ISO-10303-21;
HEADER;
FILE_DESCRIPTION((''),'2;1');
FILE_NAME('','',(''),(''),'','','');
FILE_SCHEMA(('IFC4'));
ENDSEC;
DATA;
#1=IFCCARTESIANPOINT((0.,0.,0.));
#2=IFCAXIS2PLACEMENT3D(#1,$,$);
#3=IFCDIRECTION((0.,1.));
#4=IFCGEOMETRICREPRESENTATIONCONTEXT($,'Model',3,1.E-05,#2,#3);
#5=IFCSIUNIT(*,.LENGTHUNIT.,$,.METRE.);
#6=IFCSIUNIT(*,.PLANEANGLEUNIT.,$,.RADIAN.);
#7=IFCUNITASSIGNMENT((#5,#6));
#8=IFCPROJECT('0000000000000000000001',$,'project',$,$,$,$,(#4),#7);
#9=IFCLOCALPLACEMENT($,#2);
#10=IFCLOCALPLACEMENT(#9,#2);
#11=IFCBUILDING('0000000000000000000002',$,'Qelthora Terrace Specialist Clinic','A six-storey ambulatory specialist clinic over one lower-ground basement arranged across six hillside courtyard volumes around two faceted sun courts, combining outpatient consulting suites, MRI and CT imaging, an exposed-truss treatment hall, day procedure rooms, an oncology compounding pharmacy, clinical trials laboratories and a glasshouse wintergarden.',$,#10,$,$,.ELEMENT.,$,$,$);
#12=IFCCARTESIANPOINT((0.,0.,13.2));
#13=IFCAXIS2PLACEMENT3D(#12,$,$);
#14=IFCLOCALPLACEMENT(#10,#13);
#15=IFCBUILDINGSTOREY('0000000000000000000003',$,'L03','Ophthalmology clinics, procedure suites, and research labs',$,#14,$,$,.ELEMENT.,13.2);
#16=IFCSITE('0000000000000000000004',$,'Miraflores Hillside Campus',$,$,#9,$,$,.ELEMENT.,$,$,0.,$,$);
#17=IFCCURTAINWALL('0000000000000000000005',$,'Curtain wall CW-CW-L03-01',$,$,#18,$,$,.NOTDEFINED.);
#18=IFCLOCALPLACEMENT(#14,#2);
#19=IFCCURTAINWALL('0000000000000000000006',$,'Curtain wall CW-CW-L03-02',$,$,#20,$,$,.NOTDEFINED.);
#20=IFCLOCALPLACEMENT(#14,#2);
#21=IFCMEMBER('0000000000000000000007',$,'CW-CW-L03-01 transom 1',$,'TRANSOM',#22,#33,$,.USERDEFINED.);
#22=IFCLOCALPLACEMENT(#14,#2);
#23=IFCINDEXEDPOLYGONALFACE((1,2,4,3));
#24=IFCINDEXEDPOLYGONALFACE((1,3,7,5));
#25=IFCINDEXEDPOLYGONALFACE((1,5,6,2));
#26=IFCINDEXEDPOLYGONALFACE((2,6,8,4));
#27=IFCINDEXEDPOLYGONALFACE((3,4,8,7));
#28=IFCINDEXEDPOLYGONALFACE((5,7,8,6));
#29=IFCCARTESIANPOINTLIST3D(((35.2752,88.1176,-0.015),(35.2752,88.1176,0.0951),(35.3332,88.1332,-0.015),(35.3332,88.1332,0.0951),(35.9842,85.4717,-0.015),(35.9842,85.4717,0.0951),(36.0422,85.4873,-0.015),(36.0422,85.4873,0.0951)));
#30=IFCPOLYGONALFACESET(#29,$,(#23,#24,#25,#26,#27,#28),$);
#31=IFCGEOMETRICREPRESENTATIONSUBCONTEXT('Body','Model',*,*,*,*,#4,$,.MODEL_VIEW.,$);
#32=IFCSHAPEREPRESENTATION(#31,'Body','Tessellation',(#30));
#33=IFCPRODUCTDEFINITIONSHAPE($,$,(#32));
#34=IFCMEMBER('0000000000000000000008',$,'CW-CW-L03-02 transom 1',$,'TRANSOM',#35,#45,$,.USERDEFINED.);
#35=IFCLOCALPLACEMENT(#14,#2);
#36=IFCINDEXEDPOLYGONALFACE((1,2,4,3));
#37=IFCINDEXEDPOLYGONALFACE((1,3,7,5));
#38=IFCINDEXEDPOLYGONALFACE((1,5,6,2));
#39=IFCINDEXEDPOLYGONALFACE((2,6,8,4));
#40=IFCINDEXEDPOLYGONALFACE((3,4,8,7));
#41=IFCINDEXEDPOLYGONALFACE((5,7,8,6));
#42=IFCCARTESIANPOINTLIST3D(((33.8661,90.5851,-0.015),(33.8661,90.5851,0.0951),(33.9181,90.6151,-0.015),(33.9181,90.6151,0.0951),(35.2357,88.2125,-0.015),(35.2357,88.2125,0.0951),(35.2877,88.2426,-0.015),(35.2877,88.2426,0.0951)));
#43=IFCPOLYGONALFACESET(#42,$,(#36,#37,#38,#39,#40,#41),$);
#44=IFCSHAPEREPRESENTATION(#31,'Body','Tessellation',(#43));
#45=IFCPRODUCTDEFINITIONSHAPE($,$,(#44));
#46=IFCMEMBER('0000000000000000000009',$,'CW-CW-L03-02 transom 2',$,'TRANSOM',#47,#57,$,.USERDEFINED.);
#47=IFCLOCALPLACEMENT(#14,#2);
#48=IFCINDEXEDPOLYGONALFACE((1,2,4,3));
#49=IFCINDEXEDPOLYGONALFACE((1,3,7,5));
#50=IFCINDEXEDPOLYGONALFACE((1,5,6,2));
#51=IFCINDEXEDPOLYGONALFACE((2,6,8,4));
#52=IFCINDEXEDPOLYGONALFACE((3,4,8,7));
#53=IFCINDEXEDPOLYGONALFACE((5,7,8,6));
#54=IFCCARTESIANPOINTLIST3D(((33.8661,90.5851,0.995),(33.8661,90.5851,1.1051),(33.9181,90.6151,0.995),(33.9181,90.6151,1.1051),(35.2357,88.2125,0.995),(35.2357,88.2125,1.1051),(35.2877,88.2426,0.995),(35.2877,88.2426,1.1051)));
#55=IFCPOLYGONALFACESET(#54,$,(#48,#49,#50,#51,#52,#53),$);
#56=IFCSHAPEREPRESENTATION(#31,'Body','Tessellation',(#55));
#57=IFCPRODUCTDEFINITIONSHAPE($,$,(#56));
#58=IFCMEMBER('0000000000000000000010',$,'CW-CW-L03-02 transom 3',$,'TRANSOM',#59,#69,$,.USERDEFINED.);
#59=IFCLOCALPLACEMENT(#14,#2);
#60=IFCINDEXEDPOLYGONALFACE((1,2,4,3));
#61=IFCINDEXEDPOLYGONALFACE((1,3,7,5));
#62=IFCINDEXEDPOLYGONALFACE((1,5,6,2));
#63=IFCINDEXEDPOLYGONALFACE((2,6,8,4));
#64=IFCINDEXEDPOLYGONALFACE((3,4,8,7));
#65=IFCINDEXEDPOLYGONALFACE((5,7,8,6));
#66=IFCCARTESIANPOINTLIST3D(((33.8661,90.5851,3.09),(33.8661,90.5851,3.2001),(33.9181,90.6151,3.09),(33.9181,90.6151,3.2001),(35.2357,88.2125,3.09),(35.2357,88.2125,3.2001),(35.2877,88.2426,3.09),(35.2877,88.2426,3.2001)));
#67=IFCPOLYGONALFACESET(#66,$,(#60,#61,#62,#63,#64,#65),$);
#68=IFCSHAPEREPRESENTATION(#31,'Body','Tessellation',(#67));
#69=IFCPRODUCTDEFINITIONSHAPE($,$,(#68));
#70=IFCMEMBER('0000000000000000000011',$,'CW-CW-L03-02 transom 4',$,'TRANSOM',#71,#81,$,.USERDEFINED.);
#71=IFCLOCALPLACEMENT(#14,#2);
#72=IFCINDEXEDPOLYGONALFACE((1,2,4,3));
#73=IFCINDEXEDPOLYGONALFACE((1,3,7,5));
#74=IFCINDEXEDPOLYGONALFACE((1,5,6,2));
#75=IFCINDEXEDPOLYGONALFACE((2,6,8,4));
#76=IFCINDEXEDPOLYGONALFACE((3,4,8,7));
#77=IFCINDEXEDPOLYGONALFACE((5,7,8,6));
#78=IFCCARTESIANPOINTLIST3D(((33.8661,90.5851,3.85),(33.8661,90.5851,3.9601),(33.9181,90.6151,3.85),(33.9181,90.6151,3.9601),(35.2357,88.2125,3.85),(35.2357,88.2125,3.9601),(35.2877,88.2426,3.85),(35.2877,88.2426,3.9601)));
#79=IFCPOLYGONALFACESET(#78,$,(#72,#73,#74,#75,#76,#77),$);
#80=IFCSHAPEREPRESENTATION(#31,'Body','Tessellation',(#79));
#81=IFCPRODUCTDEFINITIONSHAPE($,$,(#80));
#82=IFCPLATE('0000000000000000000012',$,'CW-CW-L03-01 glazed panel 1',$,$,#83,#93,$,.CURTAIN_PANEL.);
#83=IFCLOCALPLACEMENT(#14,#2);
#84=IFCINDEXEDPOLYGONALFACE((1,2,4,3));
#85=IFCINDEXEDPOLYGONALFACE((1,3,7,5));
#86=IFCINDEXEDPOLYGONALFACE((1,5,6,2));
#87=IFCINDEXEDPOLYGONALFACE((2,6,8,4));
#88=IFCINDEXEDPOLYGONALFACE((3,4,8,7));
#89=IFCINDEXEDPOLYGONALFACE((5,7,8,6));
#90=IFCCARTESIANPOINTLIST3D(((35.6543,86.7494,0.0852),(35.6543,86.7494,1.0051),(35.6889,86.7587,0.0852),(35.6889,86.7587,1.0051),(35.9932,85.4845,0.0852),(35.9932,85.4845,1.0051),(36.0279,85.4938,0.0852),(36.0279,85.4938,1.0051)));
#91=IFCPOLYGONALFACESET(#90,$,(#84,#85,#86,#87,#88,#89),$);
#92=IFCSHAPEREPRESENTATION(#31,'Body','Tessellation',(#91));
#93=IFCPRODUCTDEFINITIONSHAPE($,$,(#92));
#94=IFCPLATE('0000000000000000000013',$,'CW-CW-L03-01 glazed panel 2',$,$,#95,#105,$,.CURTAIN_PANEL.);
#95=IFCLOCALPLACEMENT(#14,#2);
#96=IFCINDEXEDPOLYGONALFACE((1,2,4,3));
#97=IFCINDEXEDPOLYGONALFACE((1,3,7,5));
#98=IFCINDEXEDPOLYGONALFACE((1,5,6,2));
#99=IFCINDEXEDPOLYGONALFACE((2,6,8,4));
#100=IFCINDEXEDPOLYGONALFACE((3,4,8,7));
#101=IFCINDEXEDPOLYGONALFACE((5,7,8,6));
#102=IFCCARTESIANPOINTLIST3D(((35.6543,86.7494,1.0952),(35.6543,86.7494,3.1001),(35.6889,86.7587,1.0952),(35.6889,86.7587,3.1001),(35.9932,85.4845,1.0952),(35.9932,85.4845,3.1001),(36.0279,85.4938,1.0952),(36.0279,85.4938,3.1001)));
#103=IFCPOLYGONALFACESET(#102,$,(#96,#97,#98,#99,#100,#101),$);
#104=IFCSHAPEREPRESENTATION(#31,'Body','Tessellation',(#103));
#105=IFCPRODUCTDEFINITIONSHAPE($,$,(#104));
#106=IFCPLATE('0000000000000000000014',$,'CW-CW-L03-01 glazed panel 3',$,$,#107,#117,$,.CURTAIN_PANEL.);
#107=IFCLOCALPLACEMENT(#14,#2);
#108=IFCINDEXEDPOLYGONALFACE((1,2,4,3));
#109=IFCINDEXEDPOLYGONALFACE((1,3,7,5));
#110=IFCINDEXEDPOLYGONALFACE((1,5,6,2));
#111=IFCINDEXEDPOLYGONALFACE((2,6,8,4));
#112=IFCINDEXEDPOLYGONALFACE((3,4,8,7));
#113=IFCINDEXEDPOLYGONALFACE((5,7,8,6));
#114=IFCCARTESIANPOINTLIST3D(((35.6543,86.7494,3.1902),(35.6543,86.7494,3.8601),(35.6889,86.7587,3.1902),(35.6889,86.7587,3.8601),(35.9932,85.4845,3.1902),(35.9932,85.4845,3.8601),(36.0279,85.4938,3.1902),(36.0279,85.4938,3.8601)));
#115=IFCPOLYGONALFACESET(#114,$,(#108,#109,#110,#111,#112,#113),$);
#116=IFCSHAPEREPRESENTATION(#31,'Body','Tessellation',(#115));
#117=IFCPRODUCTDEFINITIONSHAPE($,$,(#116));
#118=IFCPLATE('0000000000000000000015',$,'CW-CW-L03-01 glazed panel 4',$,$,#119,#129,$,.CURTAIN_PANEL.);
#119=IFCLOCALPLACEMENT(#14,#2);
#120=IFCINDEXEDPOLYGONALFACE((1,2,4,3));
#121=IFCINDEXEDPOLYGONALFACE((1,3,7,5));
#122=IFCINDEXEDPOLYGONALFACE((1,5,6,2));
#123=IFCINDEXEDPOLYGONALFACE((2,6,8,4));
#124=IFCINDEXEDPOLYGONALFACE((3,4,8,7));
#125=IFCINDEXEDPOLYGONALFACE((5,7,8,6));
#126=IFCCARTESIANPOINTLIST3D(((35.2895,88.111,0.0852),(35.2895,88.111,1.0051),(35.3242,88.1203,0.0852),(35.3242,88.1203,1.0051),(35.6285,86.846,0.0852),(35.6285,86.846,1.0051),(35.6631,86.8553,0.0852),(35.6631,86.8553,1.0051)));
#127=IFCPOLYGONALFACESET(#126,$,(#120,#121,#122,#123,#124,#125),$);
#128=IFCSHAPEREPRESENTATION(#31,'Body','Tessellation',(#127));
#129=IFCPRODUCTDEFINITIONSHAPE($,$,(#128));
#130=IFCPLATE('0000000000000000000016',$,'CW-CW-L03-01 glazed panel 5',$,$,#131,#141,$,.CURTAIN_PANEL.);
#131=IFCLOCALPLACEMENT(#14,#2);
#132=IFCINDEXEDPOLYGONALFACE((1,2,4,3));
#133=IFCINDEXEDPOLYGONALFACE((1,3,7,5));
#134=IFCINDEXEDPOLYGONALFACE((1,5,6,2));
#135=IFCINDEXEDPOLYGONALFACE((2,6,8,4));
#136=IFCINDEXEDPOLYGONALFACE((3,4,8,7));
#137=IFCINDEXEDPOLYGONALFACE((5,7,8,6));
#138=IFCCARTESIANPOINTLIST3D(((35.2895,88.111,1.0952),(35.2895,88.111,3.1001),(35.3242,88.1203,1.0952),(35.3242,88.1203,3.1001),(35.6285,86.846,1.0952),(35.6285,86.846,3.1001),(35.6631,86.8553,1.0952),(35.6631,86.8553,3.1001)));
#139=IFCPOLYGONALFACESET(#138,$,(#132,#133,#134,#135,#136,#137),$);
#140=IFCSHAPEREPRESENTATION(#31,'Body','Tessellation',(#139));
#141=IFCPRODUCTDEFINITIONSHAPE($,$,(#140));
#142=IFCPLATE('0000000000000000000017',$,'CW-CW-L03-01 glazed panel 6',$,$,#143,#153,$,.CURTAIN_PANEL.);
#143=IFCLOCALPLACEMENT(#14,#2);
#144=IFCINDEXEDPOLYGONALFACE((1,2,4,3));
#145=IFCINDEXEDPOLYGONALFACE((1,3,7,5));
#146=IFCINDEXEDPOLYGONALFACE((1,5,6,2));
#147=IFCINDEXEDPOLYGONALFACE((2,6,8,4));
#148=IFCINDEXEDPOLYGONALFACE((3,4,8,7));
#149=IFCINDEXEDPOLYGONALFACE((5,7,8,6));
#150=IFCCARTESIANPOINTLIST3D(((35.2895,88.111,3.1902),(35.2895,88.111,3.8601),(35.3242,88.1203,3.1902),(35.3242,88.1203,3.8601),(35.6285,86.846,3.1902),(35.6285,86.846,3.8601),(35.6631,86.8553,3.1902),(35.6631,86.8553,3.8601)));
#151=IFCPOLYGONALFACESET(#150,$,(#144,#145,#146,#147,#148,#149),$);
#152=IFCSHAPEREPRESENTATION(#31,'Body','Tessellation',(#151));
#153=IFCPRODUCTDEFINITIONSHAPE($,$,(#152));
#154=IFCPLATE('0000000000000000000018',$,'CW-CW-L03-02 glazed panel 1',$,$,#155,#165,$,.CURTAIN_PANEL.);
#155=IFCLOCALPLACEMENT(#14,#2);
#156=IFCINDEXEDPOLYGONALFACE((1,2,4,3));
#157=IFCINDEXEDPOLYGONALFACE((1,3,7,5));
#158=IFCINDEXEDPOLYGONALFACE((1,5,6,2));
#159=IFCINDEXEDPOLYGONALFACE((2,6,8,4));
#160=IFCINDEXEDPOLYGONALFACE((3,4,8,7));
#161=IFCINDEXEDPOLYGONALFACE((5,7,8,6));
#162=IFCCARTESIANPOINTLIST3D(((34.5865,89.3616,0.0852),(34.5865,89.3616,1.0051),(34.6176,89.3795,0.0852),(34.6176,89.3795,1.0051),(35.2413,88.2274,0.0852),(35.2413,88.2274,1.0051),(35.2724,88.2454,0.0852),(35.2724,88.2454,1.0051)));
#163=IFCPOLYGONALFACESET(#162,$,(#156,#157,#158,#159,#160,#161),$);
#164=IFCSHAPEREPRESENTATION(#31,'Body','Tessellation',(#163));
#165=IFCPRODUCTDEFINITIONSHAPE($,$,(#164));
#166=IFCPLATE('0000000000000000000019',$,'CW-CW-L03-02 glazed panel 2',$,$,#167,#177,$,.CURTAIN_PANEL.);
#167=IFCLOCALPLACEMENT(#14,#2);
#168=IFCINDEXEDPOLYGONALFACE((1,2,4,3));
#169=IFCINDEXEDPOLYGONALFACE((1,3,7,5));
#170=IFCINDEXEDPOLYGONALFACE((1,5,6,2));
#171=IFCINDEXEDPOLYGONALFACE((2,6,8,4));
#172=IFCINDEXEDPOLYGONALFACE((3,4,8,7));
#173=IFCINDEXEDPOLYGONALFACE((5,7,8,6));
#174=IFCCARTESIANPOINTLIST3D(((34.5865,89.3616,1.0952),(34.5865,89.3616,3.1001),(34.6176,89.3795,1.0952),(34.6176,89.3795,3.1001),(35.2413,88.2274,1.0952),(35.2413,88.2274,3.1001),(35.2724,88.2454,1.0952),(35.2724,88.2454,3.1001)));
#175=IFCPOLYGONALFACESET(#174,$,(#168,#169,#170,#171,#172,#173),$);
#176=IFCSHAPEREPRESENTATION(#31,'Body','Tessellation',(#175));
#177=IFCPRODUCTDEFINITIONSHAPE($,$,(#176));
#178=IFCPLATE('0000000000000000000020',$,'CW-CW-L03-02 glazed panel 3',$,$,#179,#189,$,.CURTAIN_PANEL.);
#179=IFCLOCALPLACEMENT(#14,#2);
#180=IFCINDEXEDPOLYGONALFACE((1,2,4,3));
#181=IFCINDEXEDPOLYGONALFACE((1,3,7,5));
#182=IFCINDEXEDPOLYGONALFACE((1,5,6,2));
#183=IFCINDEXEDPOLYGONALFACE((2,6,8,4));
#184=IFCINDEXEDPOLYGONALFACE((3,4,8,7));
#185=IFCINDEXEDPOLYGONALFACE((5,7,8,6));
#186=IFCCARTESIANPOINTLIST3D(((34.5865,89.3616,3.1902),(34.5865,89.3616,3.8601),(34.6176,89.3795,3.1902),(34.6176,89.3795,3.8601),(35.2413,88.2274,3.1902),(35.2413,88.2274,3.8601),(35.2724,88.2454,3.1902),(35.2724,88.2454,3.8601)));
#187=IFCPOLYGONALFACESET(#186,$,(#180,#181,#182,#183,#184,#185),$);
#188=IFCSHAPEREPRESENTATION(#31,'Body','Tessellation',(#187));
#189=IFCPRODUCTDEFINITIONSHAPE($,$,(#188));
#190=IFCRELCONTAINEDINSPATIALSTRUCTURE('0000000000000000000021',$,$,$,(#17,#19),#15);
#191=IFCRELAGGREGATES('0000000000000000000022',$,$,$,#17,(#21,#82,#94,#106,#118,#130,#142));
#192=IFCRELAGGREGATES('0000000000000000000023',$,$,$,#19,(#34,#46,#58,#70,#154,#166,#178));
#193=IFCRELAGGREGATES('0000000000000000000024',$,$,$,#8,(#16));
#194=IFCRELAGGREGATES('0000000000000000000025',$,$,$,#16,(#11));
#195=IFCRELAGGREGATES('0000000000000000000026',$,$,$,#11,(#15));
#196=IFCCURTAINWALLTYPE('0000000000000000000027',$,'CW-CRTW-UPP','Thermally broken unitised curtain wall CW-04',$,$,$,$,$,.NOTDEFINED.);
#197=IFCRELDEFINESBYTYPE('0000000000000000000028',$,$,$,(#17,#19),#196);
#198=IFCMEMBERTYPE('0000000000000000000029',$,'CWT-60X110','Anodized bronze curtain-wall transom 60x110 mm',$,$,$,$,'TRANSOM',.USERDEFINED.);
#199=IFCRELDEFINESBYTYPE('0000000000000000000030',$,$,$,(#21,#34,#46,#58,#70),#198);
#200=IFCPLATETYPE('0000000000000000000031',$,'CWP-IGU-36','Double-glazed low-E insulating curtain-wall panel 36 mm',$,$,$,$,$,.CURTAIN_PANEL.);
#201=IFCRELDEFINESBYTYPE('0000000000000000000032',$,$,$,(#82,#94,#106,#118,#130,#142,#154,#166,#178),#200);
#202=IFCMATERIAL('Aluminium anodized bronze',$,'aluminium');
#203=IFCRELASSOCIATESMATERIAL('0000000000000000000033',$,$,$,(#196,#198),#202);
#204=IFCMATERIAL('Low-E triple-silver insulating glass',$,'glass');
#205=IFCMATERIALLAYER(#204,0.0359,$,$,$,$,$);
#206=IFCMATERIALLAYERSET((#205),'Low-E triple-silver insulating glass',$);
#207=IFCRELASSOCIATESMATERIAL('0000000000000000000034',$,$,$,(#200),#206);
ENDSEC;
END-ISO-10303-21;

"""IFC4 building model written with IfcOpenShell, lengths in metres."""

from ifc_helpers import new_model, si_unit, direction, frame, origin, origin_2d, place, context, subcontext, project, spatial, rectangle, extrude, material, layer, layer_set, material_profile, profile_set, type_object, element, aggregate, save


model = new_model("IFC4")

# Units and contexts
model_context = context("Model", 3, precision=1e-05, world=origin(), true_north=direction((0.0, 1.0)))
body_context = subcontext(model_context, "Body", "Model", "MODEL_VIEW")
ifc_project = project(units=[si_unit("LENGTHUNIT", "METRE"), si_unit("PLANEANGLEUNIT", "RADIAN")], contexts=[model_context])

# Site, building, storey
site_placement = place(None, origin())
site = spatial("IfcSite", under=ifc_project, at=site_placement, Name="Miraflores Hillside Campus", CompositionType="ELEMENT", RefElevation=0.0)
building_placement = place(site_placement, origin())
building = spatial("IfcBuilding", under=site, at=building_placement, Name="Qelthora Terrace Specialist Clinic", Description="A six-storey ambulatory specialist clinic over one lower-ground basement arranged across six hillside courtyard volumes around two faceted sun courts, combining outpatient consulting suites, MRI and CT imaging, an exposed-truss treatment hall, day procedure rooms, an oncology compounding pharmacy, clinical trials laboratories and a glasshouse wintergarden.", CompositionType="ELEMENT")
storey_placement = place(building_placement, frame((0.0, 0.0, 13.2)))
storey = spatial("IfcBuildingStorey", under=building, at=storey_placement, Name="L03", Description="Ophthalmology clinics, procedure suites, and research labs", CompositionType="ELEMENT", Elevation=13.2)

# Curtain wall
ifc_material_1 = material(Name="Aluminium anodized bronze", Category="aluminium")
curtain_wall_type = type_object("IfcCurtainWallType", Name="CW-CRTW-UPP", Description="Thermally broken unitised curtain wall CW-04", PredefinedType="NOTDEFINED", material=ifc_material_1)
curtain_wall_1_placement = place(storey_placement, origin())
curtain_wall_1 = element("IfcCurtainWall", 1, at=curtain_wall_1_placement, inside=storey, type_object=curtain_wall_type, Name="Curtain wall CW-CW-L03-01", PredefinedType="NOTDEFINED")

# Curtain wall
curtain_wall_2_placement = place(storey_placement, origin())
curtain_wall_2 = element("IfcCurtainWall", 2, at=curtain_wall_2_placement, inside=storey, type_object=curtain_wall_type, Name="Curtain wall CW-CW-L03-02", PredefinedType="NOTDEFINED")

# Members
ifc_material_profile_1 = material_profile(ifc_material_1, rectangle(XDim=0.0601, YDim=0.1101, at=origin_2d()), Name="CWT60X110")
ifc_profile_set_1 = profile_set([ifc_material_profile_1], Name="Aluminium anodized bronze")
member_type_1 = type_object("IfcMemberType", Name="CWT-60X110", Description="Anodized bronze curtain-wall transom 60x110 mm", ElementType="TRANSOM", PredefinedType="USERDEFINED", material=ifc_profile_set_1)
member_1_placement = place(storey_placement, frame((36.0132, 85.4795, 0.04), z_axis=(-0.258816, 0.965927, 0.0), x_axis=(-0.965927, -0.258816, 0.0)))
member_1 = element("IfcMember", 3, at=member_1_placement, type_object=member_type_1, Name="CW-CW-L03-01 transom 1", ObjectType="TRANSOM", PredefinedType="USERDEFINED", context=body_context, shape_type="SweptSolid", body=[
    extrude(rectangle(XDim=0.0601, YDim=0.1101, at=origin_2d()), origin(), (0.0, 0.0, 1.0), 2.7393),
])
member_2_placement = place(storey_placement, frame((35.2617, 88.2275, 0.04), z_axis=(-0.499954, 0.866052, 0.0), x_axis=(-0.866052, -0.499954, 0.0)))
member_2 = element("IfcMember", 4, at=member_2_placement, type_object=member_type_1, Name="CW-CW-L03-02 transom 1", ObjectType="TRANSOM", PredefinedType="USERDEFINED", context=body_context, shape_type="SweptSolid", body=[
    extrude(rectangle(XDim=0.0601, YDim=0.1101, at=origin_2d()), origin(), (0.0, 0.0, 1.0), 2.7395),
])
member_3_placement = place(storey_placement, frame((35.2617, 88.2275, 1.05), z_axis=(-0.499954, 0.866052, 0.0), x_axis=(-0.866052, -0.499954, 0.0)))
member_3 = element("IfcMember", 5, at=member_3_placement, type_object=member_type_1, Name="CW-CW-L03-02 transom 2", ObjectType="TRANSOM", PredefinedType="USERDEFINED", context=body_context, shape_type="SweptSolid", body=[
    extrude(rectangle(XDim=0.0601, YDim=0.1101, at=origin_2d()), origin(), (0.0, 0.0, 1.0), 2.7395),
])
member_4_placement = place(storey_placement, frame((35.2617, 88.2275, 3.145), z_axis=(-0.499954, 0.866052, 0.0), x_axis=(-0.866052, -0.499954, 0.0)))
member_4 = element("IfcMember", 6, at=member_4_placement, type_object=member_type_1, Name="CW-CW-L03-02 transom 3", ObjectType="TRANSOM", PredefinedType="USERDEFINED", context=body_context, shape_type="SweptSolid", body=[
    extrude(rectangle(XDim=0.0601, YDim=0.1101, at=origin_2d()), origin(), (0.0, 0.0, 1.0), 2.7395),
])
member_5_placement = place(storey_placement, frame((35.2617, 88.2275, 3.905), z_axis=(-0.499954, 0.866052, 0.0), x_axis=(-0.866052, -0.499954, 0.0)))
member_5 = element("IfcMember", 7, at=member_5_placement, type_object=member_type_1, Name="CW-CW-L03-02 transom 4", ObjectType="TRANSOM", PredefinedType="USERDEFINED", context=body_context, shape_type="SweptSolid", body=[
    extrude(rectangle(XDim=0.0601, YDim=0.1101, at=origin_2d()), origin(), (0.0, 0.0, 1.0), 2.7395),
])

# Plates
ifc_material_2 = material(Name="Low-E triple-silver insulating glass", Category="glass")
ifc_layer = layer(ifc_material_2, 0.0359)
ifc_layer_set = layer_set([ifc_layer], Name="Low-E triple-silver insulating glass")
plate_type = type_object("IfcPlateType", Name="CWP-IGU-36", Description="Double-glazed low-E insulating curtain-wall panel 36 mm", PredefinedType="CURTAIN_PANEL", material=ifc_layer_set)
plate_1_placement = place(storey_placement, frame((35.8411, 86.1216, 0.0852), z_axis=(0.0, 0.0, 1.0), x_axis=(-0.258821, 0.965925, 0.0)))
plate_1 = element("IfcPlate", 8, at=plate_1_placement, type_object=plate_type, Name="CW-CW-L03-01 glazed panel 1", PredefinedType="CURTAIN_PANEL", context=body_context, shape_type="SweptSolid", body=[
    extrude(rectangle(XDim=1.3096, YDim=0.0359, at=origin_2d()), origin(), (0.0, 0.0, 1.0), 0.9199),
])
plate_2_placement = place(storey_placement, frame((35.8411, 86.1216, 1.0952), z_axis=(0.0, 0.0, 1.0), x_axis=(-0.258821, 0.965925, 0.0)))
plate_2 = element("IfcPlate", 9, at=plate_2_placement, type_object=plate_type, Name="CW-CW-L03-01 glazed panel 2", PredefinedType="CURTAIN_PANEL", context=body_context, shape_type="SweptSolid", body=[
    extrude(rectangle(XDim=1.3096, YDim=0.0359, at=origin_2d()), origin(), (0.0, 0.0, 1.0), 2.0049),
])
plate_3_placement = place(storey_placement, frame((35.8411, 86.1216, 3.1902), z_axis=(0.0, 0.0, 1.0), x_axis=(-0.258821, 0.965925, 0.0)))
plate_3 = element("IfcPlate", 10, at=plate_3_placement, type_object=plate_type, Name="CW-CW-L03-01 glazed panel 3", PredefinedType="CURTAIN_PANEL", context=body_context, shape_type="SweptSolid", body=[
    extrude(rectangle(XDim=1.3096, YDim=0.0359, at=origin_2d()), origin(), (0.0, 0.0, 1.0), 0.6699),
])
plate_4_placement = place(storey_placement, frame((35.4763, 87.4832, 0.0852), z_axis=(0.0, 0.0, 1.0), x_axis=(-0.258821, 0.965925, 0.0)))
plate_4 = element("IfcPlate", 11, at=plate_4_placement, type_object=plate_type, Name="CW-CW-L03-01 glazed panel 4", PredefinedType="CURTAIN_PANEL", context=body_context, shape_type="SweptSolid", body=[
    extrude(rectangle(XDim=1.3096, YDim=0.0359, at=origin_2d()), origin(), (0.0, 0.0, 1.0), 0.9199),
])
plate_5_placement = place(storey_placement, frame((35.4763, 87.4832, 1.0952), z_axis=(0.0, 0.0, 1.0), x_axis=(-0.258821, 0.965925, 0.0)))
plate_5 = element("IfcPlate", 12, at=plate_5_placement, type_object=plate_type, Name="CW-CW-L03-01 glazed panel 5", PredefinedType="CURTAIN_PANEL", context=body_context, shape_type="SweptSolid", body=[
    extrude(rectangle(XDim=1.3096, YDim=0.0359, at=origin_2d()), origin(), (0.0, 0.0, 1.0), 2.0049),
])
plate_6_placement = place(storey_placement, frame((35.4763, 87.4832, 3.1902), z_axis=(0.0, 0.0, 1.0), x_axis=(-0.258821, 0.965925, 0.0)))
plate_6 = element("IfcPlate", 13, at=plate_6_placement, type_object=plate_type, Name="CW-CW-L03-01 glazed panel 6", PredefinedType="CURTAIN_PANEL", context=body_context, shape_type="SweptSolid", body=[
    extrude(rectangle(XDim=1.3096, YDim=0.0359, at=origin_2d()), origin(), (0.0, 0.0, 1.0), 0.6699),
])
aggregate(curtain_wall_1, [member_1, plate_1, plate_2, plate_3, plate_4, plate_5, plate_6])
plate_7_placement = place(storey_placement, frame((34.9294, 88.8035, 0.0852), z_axis=(0.0, 0.0, 1.0), x_axis=(-0.5, 0.866025, 0.0)))
plate_7 = element("IfcPlate", 14, at=plate_7_placement, type_object=plate_type, Name="CW-CW-L03-02 glazed panel 1", PredefinedType="CURTAIN_PANEL", context=body_context, shape_type="SweptSolid", body=[
    extrude(rectangle(XDim=1.3096, YDim=0.0359, at=origin_2d()), origin(), (0.0, 0.0, 1.0), 0.9199),
])
plate_8_placement = place(storey_placement, frame((34.9294, 88.8035, 1.0952), z_axis=(0.0, 0.0, 1.0), x_axis=(-0.5, 0.866025, 0.0)))
plate_8 = element("IfcPlate", 15, at=plate_8_placement, type_object=plate_type, Name="CW-CW-L03-02 glazed panel 2", PredefinedType="CURTAIN_PANEL", context=body_context, shape_type="SweptSolid", body=[
    extrude(rectangle(XDim=1.3096, YDim=0.0359, at=origin_2d()), origin(), (0.0, 0.0, 1.0), 2.0049),
])
plate_9_placement = place(storey_placement, frame((34.9294, 88.8035, 3.1902), z_axis=(0.0, 0.0, 1.0), x_axis=(-0.5, 0.866025, 0.0)))
plate_9 = element("IfcPlate", 16, at=plate_9_placement, type_object=plate_type, Name="CW-CW-L03-02 glazed panel 3", PredefinedType="CURTAIN_PANEL", context=body_context, shape_type="SweptSolid", body=[
    extrude(rectangle(XDim=1.3096, YDim=0.0359, at=origin_2d()), origin(), (0.0, 0.0, 1.0), 0.6699),
])
aggregate(curtain_wall_2, [member_2, member_3, member_4, member_5, plate_7, plate_8, plate_9])

save(model, "model.ifc")
